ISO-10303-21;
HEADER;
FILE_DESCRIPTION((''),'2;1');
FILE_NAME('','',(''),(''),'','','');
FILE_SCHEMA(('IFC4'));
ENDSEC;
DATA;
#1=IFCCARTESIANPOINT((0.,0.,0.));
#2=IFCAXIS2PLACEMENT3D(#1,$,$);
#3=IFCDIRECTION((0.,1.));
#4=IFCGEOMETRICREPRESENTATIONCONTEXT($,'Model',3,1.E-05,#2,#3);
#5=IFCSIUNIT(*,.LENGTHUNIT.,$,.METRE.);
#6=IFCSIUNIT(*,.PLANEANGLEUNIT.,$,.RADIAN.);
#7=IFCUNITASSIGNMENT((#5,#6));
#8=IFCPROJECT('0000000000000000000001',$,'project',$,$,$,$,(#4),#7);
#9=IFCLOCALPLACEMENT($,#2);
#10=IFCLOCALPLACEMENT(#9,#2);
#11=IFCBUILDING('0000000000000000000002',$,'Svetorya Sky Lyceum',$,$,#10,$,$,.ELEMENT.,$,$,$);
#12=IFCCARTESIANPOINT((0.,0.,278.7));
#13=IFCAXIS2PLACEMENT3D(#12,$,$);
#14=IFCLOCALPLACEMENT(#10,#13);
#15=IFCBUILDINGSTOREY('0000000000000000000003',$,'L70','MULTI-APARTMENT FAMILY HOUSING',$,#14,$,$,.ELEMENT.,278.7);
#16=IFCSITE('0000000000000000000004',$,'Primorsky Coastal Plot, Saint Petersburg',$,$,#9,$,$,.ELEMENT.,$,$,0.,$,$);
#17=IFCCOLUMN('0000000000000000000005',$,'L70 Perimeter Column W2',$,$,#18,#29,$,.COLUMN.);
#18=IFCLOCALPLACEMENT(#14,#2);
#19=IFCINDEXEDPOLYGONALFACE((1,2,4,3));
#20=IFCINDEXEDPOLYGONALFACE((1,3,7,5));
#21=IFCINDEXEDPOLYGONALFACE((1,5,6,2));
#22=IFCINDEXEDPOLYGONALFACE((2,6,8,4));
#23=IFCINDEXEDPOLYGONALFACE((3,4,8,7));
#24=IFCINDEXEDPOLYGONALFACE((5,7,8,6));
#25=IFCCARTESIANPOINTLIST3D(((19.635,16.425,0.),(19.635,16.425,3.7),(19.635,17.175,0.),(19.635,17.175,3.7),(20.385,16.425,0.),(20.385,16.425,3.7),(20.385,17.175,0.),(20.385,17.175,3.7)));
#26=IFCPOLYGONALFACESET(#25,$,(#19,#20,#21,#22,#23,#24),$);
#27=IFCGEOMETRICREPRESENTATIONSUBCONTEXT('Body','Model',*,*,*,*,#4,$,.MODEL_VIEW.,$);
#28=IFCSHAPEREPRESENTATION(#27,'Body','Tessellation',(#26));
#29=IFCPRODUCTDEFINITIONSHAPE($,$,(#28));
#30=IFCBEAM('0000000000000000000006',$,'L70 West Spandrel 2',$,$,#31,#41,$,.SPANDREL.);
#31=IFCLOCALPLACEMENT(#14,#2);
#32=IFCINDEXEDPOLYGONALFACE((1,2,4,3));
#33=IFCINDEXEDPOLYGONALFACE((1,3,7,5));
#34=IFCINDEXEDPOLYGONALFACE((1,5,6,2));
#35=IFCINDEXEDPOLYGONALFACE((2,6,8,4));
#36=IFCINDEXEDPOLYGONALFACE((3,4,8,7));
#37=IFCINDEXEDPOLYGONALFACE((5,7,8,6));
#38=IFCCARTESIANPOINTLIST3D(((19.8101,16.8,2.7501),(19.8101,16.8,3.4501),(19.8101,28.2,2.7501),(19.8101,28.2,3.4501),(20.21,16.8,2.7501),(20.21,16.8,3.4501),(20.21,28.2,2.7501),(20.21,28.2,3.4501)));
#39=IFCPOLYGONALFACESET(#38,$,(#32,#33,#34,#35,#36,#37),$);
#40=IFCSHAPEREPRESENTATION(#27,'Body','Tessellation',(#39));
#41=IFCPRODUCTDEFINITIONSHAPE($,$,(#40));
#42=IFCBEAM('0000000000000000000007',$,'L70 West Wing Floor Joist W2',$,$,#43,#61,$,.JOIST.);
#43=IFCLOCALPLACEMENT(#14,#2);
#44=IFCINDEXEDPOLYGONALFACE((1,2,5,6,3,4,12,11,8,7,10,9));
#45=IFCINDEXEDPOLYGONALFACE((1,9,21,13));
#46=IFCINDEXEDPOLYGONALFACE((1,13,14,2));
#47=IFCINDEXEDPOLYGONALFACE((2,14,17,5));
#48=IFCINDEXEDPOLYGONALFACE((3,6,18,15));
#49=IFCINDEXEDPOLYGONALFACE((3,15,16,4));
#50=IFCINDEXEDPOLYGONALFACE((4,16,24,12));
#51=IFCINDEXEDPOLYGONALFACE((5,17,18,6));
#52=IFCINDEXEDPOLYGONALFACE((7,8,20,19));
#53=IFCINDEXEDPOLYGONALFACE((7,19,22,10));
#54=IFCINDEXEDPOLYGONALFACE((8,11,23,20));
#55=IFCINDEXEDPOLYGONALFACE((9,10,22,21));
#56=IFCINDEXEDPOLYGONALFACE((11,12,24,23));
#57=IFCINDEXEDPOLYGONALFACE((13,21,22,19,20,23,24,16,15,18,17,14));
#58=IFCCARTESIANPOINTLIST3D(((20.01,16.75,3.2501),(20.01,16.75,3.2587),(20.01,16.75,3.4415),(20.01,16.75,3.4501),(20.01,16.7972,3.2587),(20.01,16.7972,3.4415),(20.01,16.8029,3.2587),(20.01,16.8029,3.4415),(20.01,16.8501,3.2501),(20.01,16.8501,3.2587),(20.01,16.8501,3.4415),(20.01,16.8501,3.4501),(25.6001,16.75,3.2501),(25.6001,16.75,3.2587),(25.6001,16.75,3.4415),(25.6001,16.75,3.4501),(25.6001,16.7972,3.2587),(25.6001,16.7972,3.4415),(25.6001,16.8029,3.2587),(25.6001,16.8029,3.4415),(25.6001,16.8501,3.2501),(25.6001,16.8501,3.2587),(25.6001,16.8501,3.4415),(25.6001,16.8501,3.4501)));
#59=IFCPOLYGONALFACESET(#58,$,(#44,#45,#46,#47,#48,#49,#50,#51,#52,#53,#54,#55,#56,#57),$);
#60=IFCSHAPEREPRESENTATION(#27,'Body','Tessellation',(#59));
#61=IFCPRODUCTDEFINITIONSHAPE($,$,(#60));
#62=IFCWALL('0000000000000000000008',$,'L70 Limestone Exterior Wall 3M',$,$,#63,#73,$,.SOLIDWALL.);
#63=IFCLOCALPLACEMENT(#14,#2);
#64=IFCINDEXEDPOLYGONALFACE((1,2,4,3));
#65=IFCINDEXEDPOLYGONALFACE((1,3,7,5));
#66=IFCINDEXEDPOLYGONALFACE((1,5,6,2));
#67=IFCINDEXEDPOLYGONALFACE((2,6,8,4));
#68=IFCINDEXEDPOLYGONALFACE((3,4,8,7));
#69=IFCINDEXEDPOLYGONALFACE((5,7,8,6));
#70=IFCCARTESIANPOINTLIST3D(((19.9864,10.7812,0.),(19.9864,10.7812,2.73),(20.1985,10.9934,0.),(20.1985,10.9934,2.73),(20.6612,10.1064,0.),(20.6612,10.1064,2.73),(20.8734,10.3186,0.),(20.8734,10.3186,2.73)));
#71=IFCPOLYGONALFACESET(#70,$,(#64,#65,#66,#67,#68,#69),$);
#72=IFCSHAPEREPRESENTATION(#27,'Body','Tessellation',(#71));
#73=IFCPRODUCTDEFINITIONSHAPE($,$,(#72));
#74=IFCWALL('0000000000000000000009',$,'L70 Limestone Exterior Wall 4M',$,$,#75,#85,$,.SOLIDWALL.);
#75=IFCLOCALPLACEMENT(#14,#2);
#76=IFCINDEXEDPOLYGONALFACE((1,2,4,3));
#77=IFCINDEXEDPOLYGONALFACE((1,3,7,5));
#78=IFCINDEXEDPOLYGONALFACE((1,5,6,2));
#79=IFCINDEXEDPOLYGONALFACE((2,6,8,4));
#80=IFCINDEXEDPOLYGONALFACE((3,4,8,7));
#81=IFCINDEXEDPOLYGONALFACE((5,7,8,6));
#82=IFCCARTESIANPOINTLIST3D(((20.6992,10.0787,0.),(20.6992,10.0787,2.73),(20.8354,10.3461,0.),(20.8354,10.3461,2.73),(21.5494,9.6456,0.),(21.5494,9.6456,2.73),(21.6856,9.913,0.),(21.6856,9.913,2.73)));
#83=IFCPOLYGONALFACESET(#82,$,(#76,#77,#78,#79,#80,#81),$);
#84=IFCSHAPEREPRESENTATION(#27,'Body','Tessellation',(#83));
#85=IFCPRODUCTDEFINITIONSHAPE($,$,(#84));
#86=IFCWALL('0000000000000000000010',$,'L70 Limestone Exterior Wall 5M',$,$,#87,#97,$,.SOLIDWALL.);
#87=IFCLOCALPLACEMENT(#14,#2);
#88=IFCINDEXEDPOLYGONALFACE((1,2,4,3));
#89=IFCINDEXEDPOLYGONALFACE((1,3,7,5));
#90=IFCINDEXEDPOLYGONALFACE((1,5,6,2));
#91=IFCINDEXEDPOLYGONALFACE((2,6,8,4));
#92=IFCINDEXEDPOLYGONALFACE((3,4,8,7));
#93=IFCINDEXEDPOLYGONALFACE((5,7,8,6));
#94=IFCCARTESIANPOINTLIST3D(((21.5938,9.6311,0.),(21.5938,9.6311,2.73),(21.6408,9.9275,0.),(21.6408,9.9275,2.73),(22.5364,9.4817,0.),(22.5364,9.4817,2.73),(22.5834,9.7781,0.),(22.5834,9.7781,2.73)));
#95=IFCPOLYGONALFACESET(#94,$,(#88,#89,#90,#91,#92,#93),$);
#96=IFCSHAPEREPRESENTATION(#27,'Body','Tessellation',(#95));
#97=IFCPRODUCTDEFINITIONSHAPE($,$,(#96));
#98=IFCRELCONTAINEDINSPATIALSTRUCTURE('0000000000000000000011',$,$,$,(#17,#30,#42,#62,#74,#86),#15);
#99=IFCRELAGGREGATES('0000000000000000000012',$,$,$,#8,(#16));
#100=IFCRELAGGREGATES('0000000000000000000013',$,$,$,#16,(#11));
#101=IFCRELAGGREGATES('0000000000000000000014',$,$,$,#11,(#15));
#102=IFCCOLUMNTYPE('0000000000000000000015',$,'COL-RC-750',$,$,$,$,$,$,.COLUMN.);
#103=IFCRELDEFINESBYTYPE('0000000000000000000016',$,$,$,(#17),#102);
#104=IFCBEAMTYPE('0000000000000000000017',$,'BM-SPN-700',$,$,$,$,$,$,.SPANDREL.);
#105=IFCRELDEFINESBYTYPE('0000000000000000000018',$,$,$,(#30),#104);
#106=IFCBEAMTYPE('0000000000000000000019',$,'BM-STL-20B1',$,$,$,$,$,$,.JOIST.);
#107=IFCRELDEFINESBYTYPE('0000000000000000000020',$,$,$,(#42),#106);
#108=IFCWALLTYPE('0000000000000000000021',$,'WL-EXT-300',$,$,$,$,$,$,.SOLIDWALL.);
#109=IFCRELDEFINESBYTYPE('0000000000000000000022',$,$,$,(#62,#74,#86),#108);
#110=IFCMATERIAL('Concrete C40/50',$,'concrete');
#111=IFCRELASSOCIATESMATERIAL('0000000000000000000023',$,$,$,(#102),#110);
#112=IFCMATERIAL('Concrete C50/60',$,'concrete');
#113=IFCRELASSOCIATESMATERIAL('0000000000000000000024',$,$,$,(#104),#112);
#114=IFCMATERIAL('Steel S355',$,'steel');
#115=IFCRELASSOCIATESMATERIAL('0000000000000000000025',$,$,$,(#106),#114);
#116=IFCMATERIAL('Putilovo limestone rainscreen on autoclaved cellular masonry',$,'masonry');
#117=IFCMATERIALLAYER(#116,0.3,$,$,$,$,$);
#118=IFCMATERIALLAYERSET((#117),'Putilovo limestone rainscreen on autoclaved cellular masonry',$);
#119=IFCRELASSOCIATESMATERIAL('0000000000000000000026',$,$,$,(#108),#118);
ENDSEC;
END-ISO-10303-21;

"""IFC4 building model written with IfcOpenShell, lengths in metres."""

from ifc_helpers import new_model, si_unit, direction, frame, frame_2d, origin, origin_2d, place, context, subcontext, project, spatial, rectangle, i_section, extrude, material, layer, layer_set, material_profile, profile_set, type_object, element, save


model = new_model("IFC4")

# Units and contexts
model_context = context("Model", 3, precision=1e-05, world=origin(), true_north=direction((0.0, 1.0)))
body_context = subcontext(model_context, "Body", "Model", "MODEL_VIEW")
ifc_project = project(units=[si_unit("LENGTHUNIT", "METRE"), si_unit("PLANEANGLEUNIT", "RADIAN")], contexts=[model_context])

# Site, building, storey
site_placement = place(None, origin())
site = spatial("IfcSite", under=ifc_project, at=site_placement, Name="Primorsky Coastal Plot, Saint Petersburg", CompositionType="ELEMENT", RefElevation=0.0)
building_placement = place(site_placement, origin())
building = spatial("IfcBuilding", under=site, at=building_placement, Name="Svetorya Sky Lyceum", CompositionType="ELEMENT")
storey_placement = place(building_placement, frame((0.0, 0.0, 278.7)))
storey = spatial("IfcBuildingStorey", under=building, at=storey_placement, Name="L70", Description="MULTI-APARTMENT FAMILY HOUSING", CompositionType="ELEMENT", Elevation=278.7)

# Column
ifc_material_1 = material(Name="Concrete C40/50", Category="concrete")
ifc_material_profile_1 = material_profile(ifc_material_1, rectangle(XDim=0.75, YDim=0.75, at=origin_2d()), Name="RC COL 750x750")
ifc_profile_set_1 = profile_set([ifc_material_profile_1], Name="Concrete C40/50")
column_type = type_object("IfcColumnType", Name="COL-RC-750", PredefinedType="COLUMN", material=ifc_profile_set_1)
column_placement = place(storey_placement, frame((20.01, 16.8, 0.0), z_axis=(0.0, 0.0, 1.0), x_axis=(1.0, 0.0, 0.0)))
element("IfcColumn", 1, at=column_placement, inside=storey, type_object=column_type, Name="L70 Perimeter Column W2", PredefinedType="COLUMN", context=body_context, shape_type="SweptSolid", body=[
    extrude(rectangle(XDim=0.75, YDim=0.75, at=origin_2d()), origin(), (0.0, 0.0, 1.0), 3.7),
])

# Beams
ifc_material_2 = material(Name="Concrete C50/60", Category="concrete")
ifc_material_profile_2 = material_profile(ifc_material_2, rectangle(XDim=0.3999, YDim=0.7, at=origin_2d()), Name="RC SPANDREL 400x700")
ifc_profile_set_2 = profile_set([ifc_material_profile_2], Name="Concrete C50/60")
beam_type_1 = type_object("IfcBeamType", Name="BM-SPN-700", PredefinedType="SPANDREL", material=ifc_profile_set_2)
beam_1_placement = place(storey_placement, frame((20.01, 16.8, 3.1001), z_axis=(0.0, 1.0, 0.0), x_axis=(-1.0, 0.0, 0.0)))
element("IfcBeam", 2, at=beam_1_placement, inside=storey, type_object=beam_type_1, Name="L70 West Spandrel 2", PredefinedType="SPANDREL", context=body_context, shape_type="SweptSolid", body=[
    extrude(rectangle(XDim=0.3999, YDim=0.7, at=origin_2d()), origin(), (0.0, 0.0, 1.0), 11.3999),
])
ifc_material_3 = material(Name="Steel S355", Category="steel")
ifc_material_profile_3 = material_profile(ifc_material_3, i_section(OverallWidth=0.1001, OverallDepth=0.2, WebThickness=0.0056, FlangeThickness=0.0085, at=origin_2d()), Name="GOST 20B1")
ifc_profile_set_3 = profile_set([ifc_material_profile_3], Name="Steel S355")
beam_type_2 = type_object("IfcBeamType", Name="BM-STL-20B1", PredefinedType="JOIST", material=ifc_profile_set_3)
beam_2_placement = place(storey_placement, frame((20.01, 16.8, 3.3501), z_axis=(1.0, 0.0, 0.0), x_axis=(0.0, 1.0, 0.0)))
element("IfcBeam", 3, at=beam_2_placement, inside=storey, type_object=beam_type_2, Name="L70 West Wing Floor Joist W2", PredefinedType="JOIST", context=body_context, shape_type="SweptSolid", body=[
    extrude(i_section(OverallWidth=0.1001, OverallDepth=0.2, WebThickness=0.0056, FlangeThickness=0.0085, at=origin_2d()), origin(), (0.0, 0.0, 1.0), 5.5901),
])

# Walls
ifc_material_4 = material(Name="Putilovo limestone rainscreen on autoclaved cellular masonry", Category="masonry")
ifc_layer_1 = layer(ifc_material_4, 0.3)
ifc_layer_set_1 = layer_set([ifc_layer_1], Name="Putilovo limestone rainscreen on autoclaved cellular masonry")
wall_type_1 = type_object("IfcWallType", Name="WL-EXT-300", PredefinedType="SOLIDWALL", material=ifc_layer_set_1)
wall_1_placement = place(storey_placement, frame((20.0925, 10.8872, 0.0), z_axis=(0.0, 0.0, 1.0), x_axis=(0.707107, -0.707107, 0.0)))
element("IfcWall", 4, at=wall_1_placement, inside=storey, type_object=wall_type_1, Name="L70 Limestone Exterior Wall 3M", PredefinedType="SOLIDWALL", context=body_context, shape_type="SweptSolid", body=[
    extrude(rectangle(XDim=0.9543, YDim=0.3, at=frame_2d((0.4771, 0.0))), origin(), (0.0, 0.0, 1.0), 2.73),
])
wall_2_placement = place(storey_placement, frame((20.7673, 10.2124, 0.0), z_axis=(0.0, 0.0, 1.0), x_axis=(0.891024, -0.453956, 0.0)))
element("IfcWall", 5, at=wall_2_placement, inside=storey, type_object=wall_type_1, Name="L70 Limestone Exterior Wall 4M", PredefinedType="SOLIDWALL", context=body_context, shape_type="SweptSolid", body=[
    extrude(rectangle(XDim=0.9541, YDim=0.3, at=frame_2d((0.4771, 0.0))), origin(), (0.0, 0.0, 1.0), 2.73),
])
wall_3_placement = place(storey_placement, frame((21.6174, 9.7793, 0.0), z_axis=(0.0, 0.0, 1.0), x_axis=(0.987669, -0.156554, 0.0)))
element("IfcWall", 6, at=wall_3_placement, inside=storey, type_object=wall_type_1, Name="L70 Limestone Exterior Wall 5M", PredefinedType="SOLIDWALL", context=body_context, shape_type="SweptSolid", body=[
    extrude(rectangle(XDim=0.9543, YDim=0.3, at=frame_2d((0.4771, 0.0))), origin(), (0.0, 0.0, 1.0), 2.73),
])

save(model, "model.ifc")
